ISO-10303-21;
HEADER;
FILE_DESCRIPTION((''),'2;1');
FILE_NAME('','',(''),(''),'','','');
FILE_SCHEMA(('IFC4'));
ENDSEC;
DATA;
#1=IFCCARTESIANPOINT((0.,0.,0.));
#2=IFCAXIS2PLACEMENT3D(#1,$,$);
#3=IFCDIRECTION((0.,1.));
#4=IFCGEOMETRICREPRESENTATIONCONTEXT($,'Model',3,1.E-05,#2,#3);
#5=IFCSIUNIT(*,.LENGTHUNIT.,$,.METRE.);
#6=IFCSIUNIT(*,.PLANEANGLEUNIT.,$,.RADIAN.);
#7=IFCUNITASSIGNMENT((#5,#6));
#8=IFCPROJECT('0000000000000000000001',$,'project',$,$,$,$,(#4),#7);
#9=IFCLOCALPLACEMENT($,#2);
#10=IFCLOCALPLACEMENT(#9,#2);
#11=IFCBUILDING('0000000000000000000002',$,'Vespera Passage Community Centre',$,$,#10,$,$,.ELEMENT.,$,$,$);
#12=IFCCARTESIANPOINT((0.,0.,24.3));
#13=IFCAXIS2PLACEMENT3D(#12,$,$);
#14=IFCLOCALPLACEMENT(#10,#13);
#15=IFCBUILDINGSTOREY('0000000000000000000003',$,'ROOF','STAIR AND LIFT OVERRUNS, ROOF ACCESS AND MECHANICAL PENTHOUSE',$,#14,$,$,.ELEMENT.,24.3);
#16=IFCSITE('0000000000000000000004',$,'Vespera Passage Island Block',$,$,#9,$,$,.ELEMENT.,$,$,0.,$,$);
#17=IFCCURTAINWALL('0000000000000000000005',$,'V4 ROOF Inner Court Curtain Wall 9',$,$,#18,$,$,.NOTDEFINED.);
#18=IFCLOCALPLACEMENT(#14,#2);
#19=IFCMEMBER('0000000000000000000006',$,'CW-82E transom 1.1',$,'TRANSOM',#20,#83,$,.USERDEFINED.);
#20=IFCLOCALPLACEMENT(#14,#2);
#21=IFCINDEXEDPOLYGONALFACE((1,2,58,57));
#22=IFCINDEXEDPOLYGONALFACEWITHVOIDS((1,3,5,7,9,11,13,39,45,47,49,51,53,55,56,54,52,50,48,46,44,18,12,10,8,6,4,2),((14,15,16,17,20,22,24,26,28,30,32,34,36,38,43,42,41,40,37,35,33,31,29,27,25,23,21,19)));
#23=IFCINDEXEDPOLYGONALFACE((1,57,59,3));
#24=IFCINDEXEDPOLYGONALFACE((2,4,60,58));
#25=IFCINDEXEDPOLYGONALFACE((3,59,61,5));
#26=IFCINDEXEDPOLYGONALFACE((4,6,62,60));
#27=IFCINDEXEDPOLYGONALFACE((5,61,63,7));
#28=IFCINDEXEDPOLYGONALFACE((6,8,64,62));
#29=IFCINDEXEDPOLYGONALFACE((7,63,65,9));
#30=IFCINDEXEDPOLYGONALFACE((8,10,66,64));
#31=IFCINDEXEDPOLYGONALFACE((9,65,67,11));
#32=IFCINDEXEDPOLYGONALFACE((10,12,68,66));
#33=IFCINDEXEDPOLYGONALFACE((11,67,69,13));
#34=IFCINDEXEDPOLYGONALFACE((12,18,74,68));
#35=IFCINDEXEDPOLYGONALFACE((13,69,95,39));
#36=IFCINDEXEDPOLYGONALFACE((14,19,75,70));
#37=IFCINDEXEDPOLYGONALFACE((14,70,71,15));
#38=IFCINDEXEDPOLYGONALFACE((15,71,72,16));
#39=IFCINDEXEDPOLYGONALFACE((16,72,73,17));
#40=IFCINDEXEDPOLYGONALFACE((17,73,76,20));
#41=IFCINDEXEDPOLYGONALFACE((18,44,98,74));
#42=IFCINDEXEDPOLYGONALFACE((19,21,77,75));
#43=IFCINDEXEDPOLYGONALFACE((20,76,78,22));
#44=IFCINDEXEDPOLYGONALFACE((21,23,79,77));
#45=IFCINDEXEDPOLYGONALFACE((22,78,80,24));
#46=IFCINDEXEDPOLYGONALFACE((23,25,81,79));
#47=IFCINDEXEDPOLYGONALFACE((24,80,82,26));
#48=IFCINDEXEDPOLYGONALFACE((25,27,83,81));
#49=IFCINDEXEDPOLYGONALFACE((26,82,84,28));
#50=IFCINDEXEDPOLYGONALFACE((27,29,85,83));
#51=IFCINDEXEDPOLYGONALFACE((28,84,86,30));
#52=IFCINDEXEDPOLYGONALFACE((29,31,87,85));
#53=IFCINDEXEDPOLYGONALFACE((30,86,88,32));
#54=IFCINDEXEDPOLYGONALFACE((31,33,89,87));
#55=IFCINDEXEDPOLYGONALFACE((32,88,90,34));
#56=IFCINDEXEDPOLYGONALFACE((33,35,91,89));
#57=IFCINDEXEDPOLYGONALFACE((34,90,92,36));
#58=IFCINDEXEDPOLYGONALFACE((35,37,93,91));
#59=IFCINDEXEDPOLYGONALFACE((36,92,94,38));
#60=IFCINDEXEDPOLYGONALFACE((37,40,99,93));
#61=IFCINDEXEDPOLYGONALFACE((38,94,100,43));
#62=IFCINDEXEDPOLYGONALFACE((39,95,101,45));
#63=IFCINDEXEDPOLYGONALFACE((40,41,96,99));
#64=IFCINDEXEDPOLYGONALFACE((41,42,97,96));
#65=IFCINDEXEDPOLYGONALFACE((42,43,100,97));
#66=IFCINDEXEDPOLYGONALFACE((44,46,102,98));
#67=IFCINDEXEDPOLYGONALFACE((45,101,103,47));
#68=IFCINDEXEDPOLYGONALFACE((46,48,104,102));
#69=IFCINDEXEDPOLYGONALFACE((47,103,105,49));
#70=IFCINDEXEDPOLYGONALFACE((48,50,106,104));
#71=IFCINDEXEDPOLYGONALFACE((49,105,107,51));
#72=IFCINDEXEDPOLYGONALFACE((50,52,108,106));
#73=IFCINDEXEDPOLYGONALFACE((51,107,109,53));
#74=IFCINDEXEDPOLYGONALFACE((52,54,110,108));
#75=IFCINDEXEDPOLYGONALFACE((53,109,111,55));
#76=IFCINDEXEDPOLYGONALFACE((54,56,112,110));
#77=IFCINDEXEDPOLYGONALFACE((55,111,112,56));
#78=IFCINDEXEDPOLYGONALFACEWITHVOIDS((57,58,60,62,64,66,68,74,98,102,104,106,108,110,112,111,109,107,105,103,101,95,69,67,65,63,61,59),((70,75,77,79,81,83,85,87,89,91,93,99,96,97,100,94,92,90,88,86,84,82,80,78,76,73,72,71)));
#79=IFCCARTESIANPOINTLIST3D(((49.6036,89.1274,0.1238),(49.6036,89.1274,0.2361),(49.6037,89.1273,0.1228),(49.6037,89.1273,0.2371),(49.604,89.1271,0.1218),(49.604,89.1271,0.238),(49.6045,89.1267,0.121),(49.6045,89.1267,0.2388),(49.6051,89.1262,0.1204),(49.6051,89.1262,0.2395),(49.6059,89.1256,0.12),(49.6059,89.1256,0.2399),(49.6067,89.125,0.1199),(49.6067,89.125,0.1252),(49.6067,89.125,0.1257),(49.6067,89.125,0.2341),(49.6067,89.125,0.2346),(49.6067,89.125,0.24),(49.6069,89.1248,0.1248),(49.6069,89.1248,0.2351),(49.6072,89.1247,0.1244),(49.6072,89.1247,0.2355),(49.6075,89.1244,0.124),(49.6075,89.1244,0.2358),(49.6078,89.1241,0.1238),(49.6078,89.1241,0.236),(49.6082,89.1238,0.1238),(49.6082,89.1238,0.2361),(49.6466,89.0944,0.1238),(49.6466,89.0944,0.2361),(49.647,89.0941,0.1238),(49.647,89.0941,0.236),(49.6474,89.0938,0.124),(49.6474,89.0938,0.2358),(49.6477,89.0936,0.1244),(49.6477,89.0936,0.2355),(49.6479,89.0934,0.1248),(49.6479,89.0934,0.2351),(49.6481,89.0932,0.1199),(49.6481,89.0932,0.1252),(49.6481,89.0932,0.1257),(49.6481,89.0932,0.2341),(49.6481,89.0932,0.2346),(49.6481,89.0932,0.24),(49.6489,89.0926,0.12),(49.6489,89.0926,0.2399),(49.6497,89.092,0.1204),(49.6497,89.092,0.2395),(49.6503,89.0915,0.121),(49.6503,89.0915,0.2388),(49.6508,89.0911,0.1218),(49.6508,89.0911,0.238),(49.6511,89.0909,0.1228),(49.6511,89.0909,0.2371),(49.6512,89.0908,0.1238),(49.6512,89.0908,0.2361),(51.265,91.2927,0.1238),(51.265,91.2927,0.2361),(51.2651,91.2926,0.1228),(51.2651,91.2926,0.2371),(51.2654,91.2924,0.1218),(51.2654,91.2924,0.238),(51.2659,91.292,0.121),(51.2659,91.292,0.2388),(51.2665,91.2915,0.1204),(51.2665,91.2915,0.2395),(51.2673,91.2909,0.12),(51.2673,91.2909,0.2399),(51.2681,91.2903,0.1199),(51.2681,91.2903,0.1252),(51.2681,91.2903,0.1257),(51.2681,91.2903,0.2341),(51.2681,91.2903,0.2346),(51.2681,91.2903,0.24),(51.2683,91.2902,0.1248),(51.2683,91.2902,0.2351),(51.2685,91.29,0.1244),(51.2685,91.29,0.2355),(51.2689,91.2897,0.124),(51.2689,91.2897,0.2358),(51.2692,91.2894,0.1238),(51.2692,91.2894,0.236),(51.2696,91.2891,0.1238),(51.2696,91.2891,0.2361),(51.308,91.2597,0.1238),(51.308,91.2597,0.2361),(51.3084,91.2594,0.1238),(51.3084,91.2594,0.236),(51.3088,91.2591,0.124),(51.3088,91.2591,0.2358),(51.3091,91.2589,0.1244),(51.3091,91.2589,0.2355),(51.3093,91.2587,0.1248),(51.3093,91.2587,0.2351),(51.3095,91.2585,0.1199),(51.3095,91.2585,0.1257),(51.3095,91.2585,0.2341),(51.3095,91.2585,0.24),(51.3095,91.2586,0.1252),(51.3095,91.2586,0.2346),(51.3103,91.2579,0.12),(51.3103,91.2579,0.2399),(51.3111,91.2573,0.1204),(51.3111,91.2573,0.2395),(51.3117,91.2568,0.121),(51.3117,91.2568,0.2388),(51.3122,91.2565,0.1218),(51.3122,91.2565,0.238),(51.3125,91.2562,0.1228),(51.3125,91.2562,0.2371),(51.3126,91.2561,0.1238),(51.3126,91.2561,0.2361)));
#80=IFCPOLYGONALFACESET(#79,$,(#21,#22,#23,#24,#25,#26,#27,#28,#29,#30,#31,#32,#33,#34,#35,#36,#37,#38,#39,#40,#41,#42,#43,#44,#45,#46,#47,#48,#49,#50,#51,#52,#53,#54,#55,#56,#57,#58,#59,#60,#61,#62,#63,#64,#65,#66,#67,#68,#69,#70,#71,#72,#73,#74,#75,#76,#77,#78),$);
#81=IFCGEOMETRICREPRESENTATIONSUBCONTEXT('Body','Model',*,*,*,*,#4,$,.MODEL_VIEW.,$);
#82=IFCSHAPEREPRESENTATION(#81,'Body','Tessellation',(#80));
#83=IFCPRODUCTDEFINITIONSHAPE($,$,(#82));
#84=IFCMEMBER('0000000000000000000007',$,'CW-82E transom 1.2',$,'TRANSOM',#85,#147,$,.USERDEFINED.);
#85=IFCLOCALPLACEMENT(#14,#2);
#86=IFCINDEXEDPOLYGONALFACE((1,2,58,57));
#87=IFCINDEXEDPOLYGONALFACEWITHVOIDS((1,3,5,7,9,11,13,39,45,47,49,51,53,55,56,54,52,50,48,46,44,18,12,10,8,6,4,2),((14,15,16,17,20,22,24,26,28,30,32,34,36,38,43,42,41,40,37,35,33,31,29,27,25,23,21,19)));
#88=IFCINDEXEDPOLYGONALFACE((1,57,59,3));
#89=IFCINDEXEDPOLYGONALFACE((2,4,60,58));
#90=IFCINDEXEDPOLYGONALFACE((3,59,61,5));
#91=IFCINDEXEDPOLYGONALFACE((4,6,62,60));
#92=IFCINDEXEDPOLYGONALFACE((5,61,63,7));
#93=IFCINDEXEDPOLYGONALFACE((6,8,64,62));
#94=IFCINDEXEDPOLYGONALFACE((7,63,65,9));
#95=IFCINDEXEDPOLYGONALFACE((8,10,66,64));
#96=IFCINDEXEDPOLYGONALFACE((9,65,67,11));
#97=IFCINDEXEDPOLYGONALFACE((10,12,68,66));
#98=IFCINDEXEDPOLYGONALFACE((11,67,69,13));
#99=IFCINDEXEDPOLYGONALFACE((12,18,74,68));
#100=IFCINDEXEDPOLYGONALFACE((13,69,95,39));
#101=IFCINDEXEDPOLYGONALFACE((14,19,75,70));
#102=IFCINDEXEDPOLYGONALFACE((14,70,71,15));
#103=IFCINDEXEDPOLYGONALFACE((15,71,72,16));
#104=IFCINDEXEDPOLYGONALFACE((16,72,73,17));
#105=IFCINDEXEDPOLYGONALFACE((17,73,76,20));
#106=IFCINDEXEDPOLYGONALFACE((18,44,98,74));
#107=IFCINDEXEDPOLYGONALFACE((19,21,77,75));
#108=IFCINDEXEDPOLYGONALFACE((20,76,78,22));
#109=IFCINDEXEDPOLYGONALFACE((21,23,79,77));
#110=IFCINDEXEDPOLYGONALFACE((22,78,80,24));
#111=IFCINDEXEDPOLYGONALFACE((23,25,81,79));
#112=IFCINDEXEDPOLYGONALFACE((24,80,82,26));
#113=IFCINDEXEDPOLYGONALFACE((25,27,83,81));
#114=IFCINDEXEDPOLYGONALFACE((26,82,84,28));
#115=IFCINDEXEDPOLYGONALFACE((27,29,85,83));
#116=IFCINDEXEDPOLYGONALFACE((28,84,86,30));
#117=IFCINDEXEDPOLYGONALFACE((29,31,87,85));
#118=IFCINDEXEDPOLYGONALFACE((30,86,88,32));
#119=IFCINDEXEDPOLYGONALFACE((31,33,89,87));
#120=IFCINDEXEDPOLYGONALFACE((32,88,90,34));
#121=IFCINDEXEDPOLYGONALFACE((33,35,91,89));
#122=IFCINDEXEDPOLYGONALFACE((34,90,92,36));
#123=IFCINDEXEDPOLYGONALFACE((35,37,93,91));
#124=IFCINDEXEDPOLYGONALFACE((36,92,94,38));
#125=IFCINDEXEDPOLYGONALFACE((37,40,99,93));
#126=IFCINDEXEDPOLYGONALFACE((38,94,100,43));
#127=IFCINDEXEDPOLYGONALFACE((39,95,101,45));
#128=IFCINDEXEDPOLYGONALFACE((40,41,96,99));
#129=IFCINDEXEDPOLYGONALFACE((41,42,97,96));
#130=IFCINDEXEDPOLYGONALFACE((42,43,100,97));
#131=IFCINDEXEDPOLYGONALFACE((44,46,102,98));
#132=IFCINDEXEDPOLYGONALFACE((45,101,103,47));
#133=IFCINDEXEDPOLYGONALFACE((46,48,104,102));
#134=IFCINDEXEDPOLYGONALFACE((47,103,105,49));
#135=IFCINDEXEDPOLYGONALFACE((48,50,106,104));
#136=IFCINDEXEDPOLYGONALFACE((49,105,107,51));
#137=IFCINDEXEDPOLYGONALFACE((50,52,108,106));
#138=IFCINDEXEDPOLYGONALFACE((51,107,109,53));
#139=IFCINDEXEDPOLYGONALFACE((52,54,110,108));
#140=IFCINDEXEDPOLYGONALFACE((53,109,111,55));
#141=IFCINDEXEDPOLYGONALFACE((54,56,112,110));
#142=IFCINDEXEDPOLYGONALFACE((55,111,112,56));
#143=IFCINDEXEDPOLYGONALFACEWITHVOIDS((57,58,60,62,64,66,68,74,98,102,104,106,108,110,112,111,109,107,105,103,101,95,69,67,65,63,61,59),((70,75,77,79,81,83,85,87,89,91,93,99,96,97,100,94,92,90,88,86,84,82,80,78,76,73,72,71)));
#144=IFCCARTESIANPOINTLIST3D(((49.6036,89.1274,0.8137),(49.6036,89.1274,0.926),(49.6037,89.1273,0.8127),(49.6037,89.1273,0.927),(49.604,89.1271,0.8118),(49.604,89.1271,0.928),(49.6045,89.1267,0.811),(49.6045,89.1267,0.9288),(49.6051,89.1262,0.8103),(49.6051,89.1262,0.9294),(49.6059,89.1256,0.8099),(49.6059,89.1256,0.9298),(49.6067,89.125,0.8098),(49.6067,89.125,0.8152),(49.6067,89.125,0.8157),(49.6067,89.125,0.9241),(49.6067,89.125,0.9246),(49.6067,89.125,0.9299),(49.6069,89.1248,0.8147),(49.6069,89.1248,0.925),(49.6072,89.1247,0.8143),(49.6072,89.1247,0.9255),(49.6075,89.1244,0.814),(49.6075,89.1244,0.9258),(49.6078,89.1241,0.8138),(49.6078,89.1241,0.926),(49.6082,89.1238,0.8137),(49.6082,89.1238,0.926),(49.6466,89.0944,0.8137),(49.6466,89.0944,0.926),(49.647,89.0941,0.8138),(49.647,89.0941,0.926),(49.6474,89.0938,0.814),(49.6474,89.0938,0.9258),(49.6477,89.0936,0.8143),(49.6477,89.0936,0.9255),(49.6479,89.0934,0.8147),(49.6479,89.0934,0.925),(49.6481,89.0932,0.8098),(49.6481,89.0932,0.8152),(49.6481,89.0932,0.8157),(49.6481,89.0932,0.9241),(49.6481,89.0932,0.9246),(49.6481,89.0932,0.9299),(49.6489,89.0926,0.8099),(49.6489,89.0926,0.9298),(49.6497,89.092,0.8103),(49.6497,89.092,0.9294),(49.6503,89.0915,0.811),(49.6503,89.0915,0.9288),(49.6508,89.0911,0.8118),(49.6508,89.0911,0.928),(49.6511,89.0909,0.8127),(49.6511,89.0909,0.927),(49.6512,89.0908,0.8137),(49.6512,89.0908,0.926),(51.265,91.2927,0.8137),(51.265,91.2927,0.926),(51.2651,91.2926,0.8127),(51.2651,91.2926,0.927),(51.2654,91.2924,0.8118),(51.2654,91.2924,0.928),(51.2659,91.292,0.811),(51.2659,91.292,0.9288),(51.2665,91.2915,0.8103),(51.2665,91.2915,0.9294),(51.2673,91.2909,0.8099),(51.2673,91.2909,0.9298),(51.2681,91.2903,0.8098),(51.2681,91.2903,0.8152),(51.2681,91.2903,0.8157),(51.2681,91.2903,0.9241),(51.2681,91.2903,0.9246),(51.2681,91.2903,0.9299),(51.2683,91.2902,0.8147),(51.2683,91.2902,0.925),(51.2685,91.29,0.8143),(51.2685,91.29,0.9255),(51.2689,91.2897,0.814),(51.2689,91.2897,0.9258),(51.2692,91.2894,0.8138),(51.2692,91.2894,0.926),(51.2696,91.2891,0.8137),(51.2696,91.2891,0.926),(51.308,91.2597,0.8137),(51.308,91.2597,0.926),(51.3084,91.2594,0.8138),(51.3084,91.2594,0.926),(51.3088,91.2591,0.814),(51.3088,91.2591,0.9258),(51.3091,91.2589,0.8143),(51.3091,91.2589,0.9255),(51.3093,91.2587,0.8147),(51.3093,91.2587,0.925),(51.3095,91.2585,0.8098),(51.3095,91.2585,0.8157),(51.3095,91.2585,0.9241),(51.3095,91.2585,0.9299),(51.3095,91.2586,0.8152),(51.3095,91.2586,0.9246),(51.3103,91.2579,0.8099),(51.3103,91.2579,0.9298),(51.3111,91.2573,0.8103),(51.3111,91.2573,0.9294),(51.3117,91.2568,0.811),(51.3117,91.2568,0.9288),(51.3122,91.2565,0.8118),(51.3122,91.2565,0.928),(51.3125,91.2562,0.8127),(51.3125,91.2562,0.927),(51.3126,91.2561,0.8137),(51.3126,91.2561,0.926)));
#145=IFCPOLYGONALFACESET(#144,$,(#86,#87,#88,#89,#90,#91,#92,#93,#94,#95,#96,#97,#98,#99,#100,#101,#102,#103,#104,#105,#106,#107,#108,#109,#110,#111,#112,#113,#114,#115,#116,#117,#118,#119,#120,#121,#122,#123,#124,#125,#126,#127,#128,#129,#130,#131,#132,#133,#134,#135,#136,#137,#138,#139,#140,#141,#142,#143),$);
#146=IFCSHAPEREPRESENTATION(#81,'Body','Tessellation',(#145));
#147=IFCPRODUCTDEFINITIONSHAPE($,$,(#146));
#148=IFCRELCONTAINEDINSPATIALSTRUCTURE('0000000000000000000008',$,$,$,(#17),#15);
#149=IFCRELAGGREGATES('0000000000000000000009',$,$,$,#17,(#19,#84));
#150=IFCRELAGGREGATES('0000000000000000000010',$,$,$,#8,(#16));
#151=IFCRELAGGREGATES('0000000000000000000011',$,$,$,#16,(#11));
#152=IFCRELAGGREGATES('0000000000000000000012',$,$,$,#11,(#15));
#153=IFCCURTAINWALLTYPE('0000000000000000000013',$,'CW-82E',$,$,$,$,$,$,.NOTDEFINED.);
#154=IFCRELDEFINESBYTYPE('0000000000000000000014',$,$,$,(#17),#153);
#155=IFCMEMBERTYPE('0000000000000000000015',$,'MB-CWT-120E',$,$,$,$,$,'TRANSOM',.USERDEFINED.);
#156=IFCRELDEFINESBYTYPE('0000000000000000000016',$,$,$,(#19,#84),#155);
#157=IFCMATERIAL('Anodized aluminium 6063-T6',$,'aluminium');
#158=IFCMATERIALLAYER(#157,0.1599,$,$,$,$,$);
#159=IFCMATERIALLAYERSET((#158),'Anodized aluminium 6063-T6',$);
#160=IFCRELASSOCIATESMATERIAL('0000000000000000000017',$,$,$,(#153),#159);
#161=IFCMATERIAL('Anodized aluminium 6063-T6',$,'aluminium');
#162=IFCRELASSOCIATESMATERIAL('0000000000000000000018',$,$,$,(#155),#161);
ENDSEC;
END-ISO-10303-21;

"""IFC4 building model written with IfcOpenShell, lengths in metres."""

from ifc_helpers import new_model, si_unit, direction, frame, origin, origin_2d, place, context, subcontext, project, spatial, hollow_rectangle, extrude, material, layer, layer_set, material_profile, profile_set, type_object, element, aggregate, save


model = new_model("IFC4")

# Units and contexts
model_context = context("Model", 3, precision=1e-05, world=origin(), true_north=direction((0.0, 1.0)))
body_context = subcontext(model_context, "Body", "Model", "MODEL_VIEW")
ifc_project = project(units=[si_unit("LENGTHUNIT", "METRE"), si_unit("PLANEANGLEUNIT", "RADIAN")], contexts=[model_context])

# Site, building, storey
site_placement = place(None, origin())
site = spatial("IfcSite", under=ifc_project, at=site_placement, Name="Vespera Passage Island Block", CompositionType="ELEMENT", RefElevation=0.0)
building_placement = place(site_placement, origin())
building = spatial("IfcBuilding", under=site, at=building_placement, Name="Vespera Passage Community Centre", CompositionType="ELEMENT")
storey_placement = place(building_placement, frame((0.0, 0.0, 24.3)))
storey = spatial("IfcBuildingStorey", under=building, at=storey_placement, Name="ROOF", Description="STAIR AND LIFT OVERRUNS, ROOF ACCESS AND MECHANICAL PENTHOUSE", CompositionType="ELEMENT", Elevation=24.3)

# Curtain wall
ifc_material_1 = material(Name="Anodized aluminium 6063-T6", Category="aluminium")
ifc_layer_1 = layer(ifc_material_1, 0.1599)
ifc_layer_set_1 = layer_set([ifc_layer_1], Name="Anodized aluminium 6063-T6")
curtain_wall_type_1 = type_object("IfcCurtainWallType", Name="CW-82E", PredefinedType="NOTDEFINED", material=ifc_layer_set_1)
curtain_wall_1_placement = place(storey_placement, origin())
curtain_wall_1 = element("IfcCurtainWall", 1, at=curtain_wall_1_placement, inside=storey, type_object=curtain_wall_type_1, Name="V4 ROOF Inner Court Curtain Wall 9", PredefinedType="NOTDEFINED")

# Members
ifc_material_2 = material(Name="Anodized aluminium 6063-T6", Category="aluminium")
ifc_material_profile_1 = material_profile(ifc_material_2, hollow_rectangle(XDim=0.0601, YDim=0.1201, WallThickness=0.0039, InnerFilletRadius=0.002, OuterFilletRadius=0.0039, at=origin_2d()), Name="ALU120X60X4")
ifc_profile_set_1 = profile_set([ifc_material_profile_1], Name="Anodized aluminium 6063-T6")
member_type_1 = type_object("IfcMemberType", Name="MB-CWT-120E", ElementType="TRANSOM", PredefinedType="USERDEFINED", material=ifc_profile_set_1)
member_1_placement = place(storey_placement, frame((51.2888, 91.2744, 0.1799), z_axis=(-0.608738, -0.793372, 0.0), x_axis=(0.793372, -0.608738, 0.0)))
member_1 = element("IfcMember", 2, at=member_1_placement, type_object=member_type_1, Name="CW-82E transom 1.1", ObjectType="TRANSOM", PredefinedType="USERDEFINED", context=body_context, shape_type="SweptSolid", body=[
    extrude(hollow_rectangle(XDim=0.0601, YDim=0.1201, WallThickness=0.0039, InnerFilletRadius=0.002, OuterFilletRadius=0.0039, at=origin_2d()), origin(), (0.0, 0.0, 1.0), 2.7292),
])
member_2_placement = place(storey_placement, frame((51.2888, 91.2744, 0.8699), z_axis=(-0.608738, -0.793372, 0.0), x_axis=(0.793372, -0.608738, 0.0)))
member_2 = element("IfcMember", 3, at=member_2_placement, type_object=member_type_1, Name="CW-82E transom 1.2", ObjectType="TRANSOM", PredefinedType="USERDEFINED", context=body_context, shape_type="SweptSolid", body=[
    extrude(hollow_rectangle(XDim=0.0601, YDim=0.1201, WallThickness=0.0039, InnerFilletRadius=0.002, OuterFilletRadius=0.0039, at=origin_2d()), origin(), (0.0, 0.0, 1.0), 2.7292),
])

aggregate(curtain_wall_1, [member_1, member_2])

save(model, "model.ifc")
